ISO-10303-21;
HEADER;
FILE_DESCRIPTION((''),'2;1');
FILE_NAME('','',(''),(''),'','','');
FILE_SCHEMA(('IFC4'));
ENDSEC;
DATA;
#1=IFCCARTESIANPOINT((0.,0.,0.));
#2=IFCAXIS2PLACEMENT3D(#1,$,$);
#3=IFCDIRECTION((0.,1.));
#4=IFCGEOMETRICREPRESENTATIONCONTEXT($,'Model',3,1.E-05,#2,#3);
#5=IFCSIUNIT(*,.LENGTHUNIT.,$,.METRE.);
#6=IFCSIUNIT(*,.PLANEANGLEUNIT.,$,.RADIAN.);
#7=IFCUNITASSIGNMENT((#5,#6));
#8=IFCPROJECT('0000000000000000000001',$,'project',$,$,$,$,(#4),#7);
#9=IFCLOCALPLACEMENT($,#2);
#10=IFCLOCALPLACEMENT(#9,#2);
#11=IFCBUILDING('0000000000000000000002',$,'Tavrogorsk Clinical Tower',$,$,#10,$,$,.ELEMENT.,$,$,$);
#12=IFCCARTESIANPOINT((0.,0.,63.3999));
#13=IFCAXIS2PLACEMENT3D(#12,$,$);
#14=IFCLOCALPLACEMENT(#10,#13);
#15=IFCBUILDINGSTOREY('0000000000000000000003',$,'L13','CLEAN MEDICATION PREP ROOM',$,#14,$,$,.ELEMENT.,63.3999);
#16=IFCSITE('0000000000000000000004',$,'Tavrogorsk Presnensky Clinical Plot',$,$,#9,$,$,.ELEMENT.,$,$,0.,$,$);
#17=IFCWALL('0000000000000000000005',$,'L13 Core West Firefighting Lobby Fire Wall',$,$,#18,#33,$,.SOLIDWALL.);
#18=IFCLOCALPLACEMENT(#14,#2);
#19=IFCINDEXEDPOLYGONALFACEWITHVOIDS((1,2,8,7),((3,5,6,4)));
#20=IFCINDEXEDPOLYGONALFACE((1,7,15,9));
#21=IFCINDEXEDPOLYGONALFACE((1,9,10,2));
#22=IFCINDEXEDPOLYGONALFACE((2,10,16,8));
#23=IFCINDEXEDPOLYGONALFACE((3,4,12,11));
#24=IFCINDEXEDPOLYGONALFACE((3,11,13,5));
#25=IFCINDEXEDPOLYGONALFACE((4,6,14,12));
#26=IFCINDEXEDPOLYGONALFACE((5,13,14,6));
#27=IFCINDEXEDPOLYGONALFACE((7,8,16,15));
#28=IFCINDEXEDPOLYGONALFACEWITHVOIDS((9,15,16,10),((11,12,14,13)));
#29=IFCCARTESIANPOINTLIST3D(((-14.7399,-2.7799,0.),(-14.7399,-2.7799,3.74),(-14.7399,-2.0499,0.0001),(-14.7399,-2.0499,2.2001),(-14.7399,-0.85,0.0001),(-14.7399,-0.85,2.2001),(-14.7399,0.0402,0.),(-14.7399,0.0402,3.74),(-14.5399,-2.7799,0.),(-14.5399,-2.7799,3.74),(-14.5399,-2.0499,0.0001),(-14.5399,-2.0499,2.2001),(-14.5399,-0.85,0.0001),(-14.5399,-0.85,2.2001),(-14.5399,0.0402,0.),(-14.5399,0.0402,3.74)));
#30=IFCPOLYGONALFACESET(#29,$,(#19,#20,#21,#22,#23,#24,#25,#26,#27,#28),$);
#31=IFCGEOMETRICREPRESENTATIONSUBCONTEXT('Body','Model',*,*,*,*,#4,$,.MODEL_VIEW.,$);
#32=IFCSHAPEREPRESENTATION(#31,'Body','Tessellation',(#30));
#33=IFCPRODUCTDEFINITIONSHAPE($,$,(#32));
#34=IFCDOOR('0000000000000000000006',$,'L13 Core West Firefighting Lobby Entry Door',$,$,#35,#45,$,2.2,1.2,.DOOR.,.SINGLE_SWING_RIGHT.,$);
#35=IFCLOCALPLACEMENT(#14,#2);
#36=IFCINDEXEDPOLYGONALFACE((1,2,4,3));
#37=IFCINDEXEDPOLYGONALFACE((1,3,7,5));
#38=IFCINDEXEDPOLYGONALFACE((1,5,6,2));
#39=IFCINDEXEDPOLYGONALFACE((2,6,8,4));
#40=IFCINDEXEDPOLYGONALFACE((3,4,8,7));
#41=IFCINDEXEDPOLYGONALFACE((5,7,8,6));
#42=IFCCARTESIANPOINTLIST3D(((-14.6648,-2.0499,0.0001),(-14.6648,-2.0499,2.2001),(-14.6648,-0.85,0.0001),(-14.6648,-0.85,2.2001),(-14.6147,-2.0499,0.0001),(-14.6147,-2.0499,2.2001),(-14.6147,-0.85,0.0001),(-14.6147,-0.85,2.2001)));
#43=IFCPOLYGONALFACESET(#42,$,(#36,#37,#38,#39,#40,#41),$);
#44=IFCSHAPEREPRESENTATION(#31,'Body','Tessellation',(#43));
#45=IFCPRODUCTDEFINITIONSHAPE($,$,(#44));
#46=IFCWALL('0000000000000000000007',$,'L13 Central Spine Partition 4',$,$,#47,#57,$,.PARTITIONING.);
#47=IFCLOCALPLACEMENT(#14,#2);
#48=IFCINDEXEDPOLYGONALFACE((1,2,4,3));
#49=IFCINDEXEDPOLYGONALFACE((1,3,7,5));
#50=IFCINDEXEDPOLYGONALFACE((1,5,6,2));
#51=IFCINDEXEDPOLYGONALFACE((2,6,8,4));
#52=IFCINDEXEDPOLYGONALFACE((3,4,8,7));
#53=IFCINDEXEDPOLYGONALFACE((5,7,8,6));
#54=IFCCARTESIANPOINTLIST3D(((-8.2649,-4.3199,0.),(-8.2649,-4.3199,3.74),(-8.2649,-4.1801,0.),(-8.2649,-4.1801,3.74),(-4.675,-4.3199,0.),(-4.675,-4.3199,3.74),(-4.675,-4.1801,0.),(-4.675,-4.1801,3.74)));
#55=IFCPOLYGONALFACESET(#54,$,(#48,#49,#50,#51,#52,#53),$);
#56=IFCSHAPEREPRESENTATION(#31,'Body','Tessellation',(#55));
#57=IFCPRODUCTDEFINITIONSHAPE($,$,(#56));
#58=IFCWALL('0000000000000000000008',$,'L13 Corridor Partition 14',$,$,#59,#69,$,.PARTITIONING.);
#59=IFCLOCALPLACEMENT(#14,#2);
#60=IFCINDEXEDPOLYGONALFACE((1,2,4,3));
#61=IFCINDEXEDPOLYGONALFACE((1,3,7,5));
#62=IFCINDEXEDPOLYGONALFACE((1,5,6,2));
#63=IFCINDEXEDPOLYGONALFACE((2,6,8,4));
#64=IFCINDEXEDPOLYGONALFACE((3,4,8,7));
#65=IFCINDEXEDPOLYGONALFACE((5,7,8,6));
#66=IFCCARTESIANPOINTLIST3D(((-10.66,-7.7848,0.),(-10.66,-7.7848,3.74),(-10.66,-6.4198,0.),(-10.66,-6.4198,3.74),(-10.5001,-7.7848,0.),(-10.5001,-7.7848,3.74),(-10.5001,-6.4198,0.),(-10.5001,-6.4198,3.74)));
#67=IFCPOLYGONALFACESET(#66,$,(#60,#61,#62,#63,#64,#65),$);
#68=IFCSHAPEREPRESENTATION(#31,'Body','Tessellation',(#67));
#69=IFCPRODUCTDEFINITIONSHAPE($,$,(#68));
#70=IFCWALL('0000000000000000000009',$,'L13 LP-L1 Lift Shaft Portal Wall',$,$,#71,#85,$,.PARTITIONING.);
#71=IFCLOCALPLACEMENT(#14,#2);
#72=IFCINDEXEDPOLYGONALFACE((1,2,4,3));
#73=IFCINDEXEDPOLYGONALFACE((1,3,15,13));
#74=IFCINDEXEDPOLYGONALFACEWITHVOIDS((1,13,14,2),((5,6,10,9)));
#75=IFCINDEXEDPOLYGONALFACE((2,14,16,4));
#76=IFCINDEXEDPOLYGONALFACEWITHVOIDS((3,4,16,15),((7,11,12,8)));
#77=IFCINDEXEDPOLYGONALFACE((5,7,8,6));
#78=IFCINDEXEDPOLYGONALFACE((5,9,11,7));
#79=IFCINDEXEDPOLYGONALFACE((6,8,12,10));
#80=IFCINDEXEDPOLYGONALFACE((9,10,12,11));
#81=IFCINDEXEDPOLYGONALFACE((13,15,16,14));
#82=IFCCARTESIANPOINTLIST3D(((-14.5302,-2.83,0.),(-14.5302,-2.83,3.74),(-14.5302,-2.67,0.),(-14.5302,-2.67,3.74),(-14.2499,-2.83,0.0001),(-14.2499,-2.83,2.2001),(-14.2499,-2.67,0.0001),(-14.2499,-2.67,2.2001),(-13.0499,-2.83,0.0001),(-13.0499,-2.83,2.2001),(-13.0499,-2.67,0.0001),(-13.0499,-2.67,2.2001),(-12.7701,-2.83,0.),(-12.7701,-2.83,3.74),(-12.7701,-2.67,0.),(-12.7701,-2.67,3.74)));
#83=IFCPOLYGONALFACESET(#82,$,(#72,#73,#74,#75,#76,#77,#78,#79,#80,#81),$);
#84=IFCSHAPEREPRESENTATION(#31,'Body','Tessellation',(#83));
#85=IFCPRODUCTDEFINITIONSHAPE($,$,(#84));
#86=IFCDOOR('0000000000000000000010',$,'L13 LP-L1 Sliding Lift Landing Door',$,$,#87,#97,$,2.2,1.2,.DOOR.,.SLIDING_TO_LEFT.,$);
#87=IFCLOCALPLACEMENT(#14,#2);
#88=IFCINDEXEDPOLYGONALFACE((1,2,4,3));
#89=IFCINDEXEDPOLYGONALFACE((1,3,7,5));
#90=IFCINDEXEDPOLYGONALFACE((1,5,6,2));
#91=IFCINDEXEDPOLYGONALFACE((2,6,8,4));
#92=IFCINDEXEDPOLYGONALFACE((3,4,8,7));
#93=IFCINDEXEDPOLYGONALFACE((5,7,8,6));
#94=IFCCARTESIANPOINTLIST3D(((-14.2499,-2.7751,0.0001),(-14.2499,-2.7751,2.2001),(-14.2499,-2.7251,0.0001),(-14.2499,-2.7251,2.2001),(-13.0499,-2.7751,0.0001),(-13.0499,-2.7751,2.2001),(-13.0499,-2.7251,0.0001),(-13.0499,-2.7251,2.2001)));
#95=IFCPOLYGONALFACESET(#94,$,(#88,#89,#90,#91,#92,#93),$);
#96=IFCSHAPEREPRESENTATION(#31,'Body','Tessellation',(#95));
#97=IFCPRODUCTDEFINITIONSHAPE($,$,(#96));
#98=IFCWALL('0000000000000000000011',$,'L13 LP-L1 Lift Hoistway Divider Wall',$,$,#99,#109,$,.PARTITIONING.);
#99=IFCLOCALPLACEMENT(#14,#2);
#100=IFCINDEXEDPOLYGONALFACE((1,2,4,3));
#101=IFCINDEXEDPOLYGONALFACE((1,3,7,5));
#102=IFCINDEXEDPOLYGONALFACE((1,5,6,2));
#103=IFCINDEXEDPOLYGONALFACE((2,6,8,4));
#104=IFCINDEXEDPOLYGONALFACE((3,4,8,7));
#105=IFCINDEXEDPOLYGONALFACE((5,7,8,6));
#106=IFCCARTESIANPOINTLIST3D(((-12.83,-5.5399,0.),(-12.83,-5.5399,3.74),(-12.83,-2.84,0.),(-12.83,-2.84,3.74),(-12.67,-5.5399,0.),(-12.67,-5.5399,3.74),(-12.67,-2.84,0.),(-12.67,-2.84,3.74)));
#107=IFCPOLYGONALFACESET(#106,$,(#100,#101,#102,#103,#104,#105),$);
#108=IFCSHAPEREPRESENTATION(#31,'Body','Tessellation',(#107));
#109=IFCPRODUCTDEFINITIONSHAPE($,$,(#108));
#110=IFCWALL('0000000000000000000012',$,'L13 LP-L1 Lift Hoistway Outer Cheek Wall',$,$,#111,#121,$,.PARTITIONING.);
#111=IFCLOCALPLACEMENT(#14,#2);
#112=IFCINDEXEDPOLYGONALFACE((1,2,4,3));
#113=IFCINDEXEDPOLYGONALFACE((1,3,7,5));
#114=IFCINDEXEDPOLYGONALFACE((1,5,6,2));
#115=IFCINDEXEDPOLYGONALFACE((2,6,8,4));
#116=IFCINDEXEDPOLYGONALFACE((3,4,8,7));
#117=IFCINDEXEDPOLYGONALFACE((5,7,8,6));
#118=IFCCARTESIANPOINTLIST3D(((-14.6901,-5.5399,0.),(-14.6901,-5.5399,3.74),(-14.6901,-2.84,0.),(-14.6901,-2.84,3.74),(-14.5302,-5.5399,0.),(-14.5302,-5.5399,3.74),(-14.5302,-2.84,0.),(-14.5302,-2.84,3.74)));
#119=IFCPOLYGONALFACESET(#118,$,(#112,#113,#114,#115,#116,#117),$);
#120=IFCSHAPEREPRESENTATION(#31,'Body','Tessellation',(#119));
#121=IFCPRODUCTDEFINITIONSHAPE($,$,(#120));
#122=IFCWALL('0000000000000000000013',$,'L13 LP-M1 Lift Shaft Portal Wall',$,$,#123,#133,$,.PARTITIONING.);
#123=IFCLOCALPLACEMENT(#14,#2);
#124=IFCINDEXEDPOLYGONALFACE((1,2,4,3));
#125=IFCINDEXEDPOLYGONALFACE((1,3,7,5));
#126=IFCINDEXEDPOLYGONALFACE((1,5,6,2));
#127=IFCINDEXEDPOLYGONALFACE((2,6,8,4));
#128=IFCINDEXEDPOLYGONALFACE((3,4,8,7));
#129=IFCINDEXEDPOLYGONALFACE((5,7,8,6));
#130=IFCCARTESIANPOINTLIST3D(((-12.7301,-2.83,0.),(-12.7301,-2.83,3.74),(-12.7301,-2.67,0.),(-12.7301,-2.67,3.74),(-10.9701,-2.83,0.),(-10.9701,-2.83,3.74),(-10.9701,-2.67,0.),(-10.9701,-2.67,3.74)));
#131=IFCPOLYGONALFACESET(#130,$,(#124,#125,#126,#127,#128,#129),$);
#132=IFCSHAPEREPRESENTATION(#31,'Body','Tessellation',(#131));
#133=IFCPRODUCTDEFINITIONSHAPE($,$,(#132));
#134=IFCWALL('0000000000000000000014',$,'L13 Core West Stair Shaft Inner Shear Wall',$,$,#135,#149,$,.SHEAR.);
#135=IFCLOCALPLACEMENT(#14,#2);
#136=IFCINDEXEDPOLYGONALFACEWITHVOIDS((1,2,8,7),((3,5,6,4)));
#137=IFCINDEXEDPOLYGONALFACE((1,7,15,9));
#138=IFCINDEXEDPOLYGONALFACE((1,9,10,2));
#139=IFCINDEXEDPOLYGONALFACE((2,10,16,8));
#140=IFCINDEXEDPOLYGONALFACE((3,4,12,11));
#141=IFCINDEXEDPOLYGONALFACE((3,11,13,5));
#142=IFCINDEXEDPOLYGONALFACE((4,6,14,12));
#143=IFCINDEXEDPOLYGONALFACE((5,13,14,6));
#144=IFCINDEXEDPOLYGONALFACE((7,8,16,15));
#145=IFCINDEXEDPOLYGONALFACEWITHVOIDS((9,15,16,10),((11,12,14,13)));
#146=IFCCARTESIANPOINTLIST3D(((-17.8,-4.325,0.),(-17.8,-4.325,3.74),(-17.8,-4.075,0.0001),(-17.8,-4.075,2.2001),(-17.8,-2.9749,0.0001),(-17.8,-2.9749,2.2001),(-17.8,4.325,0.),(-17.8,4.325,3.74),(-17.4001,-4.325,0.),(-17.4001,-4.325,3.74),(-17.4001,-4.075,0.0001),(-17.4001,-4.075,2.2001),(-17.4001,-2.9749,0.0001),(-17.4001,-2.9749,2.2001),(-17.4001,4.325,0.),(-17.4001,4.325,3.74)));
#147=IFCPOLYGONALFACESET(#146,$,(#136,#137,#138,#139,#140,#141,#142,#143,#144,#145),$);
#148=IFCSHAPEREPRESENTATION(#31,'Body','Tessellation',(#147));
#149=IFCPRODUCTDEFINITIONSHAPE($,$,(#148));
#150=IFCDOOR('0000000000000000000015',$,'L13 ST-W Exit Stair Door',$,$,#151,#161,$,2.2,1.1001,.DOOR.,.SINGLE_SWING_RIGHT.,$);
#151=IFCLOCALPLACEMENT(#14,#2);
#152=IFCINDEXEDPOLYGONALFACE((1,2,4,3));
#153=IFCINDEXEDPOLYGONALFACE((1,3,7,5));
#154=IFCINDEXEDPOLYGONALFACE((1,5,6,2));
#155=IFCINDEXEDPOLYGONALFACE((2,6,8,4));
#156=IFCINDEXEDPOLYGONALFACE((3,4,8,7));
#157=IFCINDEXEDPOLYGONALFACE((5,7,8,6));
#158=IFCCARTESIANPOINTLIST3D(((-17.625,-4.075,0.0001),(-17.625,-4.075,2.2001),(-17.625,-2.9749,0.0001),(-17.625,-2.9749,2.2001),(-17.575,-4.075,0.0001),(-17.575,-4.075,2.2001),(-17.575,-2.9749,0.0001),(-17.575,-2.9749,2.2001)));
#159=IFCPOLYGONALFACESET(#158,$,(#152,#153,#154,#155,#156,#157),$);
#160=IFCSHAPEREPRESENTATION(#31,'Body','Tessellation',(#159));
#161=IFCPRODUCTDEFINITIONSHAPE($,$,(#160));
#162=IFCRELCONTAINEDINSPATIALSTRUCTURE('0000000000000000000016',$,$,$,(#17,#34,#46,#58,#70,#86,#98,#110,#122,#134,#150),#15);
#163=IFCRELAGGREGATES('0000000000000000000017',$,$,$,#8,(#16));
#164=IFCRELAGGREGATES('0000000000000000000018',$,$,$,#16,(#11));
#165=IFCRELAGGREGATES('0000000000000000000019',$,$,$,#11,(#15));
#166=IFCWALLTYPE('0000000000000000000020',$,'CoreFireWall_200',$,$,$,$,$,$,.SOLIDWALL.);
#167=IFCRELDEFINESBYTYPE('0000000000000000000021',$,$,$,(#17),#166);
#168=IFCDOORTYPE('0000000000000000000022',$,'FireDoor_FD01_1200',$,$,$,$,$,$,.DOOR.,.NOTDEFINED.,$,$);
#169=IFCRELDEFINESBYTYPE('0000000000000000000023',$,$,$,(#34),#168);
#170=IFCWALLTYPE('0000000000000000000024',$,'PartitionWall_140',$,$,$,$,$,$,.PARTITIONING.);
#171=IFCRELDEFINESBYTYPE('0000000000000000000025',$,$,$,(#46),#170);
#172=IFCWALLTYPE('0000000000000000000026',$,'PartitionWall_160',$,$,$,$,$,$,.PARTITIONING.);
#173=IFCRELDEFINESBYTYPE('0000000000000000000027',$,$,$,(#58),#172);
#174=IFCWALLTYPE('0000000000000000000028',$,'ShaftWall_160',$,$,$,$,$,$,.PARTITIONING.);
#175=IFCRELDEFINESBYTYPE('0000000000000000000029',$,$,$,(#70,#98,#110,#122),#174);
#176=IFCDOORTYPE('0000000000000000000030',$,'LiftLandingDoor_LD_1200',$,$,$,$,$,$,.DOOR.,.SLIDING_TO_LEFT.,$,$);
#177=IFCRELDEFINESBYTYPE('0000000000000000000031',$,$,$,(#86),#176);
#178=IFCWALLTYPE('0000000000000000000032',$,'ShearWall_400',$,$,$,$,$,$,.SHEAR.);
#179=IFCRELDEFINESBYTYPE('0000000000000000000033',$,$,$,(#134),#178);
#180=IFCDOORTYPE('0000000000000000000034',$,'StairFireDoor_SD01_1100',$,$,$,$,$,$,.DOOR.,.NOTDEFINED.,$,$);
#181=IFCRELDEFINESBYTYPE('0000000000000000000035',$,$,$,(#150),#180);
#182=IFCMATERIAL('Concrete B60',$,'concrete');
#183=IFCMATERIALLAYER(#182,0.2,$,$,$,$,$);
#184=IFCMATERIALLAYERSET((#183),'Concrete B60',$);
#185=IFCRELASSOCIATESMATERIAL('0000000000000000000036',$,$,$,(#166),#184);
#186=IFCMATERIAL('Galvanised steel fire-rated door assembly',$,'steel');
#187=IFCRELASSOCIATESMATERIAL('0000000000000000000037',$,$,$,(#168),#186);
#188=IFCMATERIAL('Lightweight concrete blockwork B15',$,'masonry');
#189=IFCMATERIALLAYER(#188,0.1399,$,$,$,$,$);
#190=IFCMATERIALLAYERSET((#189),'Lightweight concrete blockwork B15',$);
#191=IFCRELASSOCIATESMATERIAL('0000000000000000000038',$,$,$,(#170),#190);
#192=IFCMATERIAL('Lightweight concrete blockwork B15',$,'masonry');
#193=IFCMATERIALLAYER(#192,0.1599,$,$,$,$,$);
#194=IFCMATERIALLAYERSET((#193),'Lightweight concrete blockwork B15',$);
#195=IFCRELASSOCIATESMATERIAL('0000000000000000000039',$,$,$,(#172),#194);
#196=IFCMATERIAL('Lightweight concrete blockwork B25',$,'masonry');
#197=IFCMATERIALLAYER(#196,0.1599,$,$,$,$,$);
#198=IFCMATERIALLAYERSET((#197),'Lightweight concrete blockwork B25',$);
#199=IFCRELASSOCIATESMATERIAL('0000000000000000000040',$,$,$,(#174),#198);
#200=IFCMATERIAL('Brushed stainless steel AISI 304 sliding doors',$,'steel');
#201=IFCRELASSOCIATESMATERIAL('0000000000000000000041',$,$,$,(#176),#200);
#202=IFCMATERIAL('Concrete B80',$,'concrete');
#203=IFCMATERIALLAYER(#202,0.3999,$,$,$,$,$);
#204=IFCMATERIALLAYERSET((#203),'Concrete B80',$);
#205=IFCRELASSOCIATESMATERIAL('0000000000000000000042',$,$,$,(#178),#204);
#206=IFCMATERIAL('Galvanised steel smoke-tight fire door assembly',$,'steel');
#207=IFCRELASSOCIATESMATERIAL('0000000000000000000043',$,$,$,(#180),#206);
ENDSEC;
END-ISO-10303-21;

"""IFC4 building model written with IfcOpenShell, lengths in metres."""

from ifc_helpers import new_model, si_unit, direction, frame, frame_2d, origin, place, context, subcontext, project, spatial, rectangle, extrude, material, layer, layer_set, type_object, element, fill, save


model = new_model("IFC4")

# Units and contexts
model_context = context("Model", 3, precision=1e-05, world=origin(), true_north=direction((0.0, 1.0)))
body_context = subcontext(model_context, "Body", "Model", "MODEL_VIEW")
ifc_project = project(units=[si_unit("LENGTHUNIT", "METRE"), si_unit("PLANEANGLEUNIT", "RADIAN")], contexts=[model_context])

# Site, building, storey
site_placement = place(None, origin())
site = spatial("IfcSite", under=ifc_project, at=site_placement, Name="Tavrogorsk Presnensky Clinical Plot", CompositionType="ELEMENT", RefElevation=0.0)
building_placement = place(site_placement, origin())
building = spatial("IfcBuilding", under=site, at=building_placement, Name="Tavrogorsk Clinical Tower", CompositionType="ELEMENT")
storey_placement = place(building_placement, frame((0.0, 0.0, 63.3999)))
storey = spatial("IfcBuildingStorey", under=building, at=storey_placement, Name="L13", Description="CLEAN MEDICATION PREP ROOM", CompositionType="ELEMENT", Elevation=63.3999)

# Wall, opening, door
ifc_material_1 = material(Name="Concrete B60", Category="concrete")
ifc_layer_1 = layer(ifc_material_1, 0.2)
ifc_layer_set_1 = layer_set([ifc_layer_1], Name="Concrete B60")
wall_type_1 = type_object("IfcWallType", Name="CoreFireWall_200", PredefinedType="SOLIDWALL", material=ifc_layer_set_1)
wall_1_placement = place(storey_placement, frame((-14.6399, -2.78, 0.0), z_axis=(0.0, 0.0, 1.0), x_axis=(0.0, 1.0, 0.0)))
wall_1 = element("IfcWall", 1, at=wall_1_placement, inside=storey, type_object=wall_type_1, Name="L13 Core West Firefighting Lobby Fire Wall", PredefinedType="SOLIDWALL", context=body_context, shape_type="SweptSolid", body=[
    extrude(rectangle(XDim=2.8201, YDim=0.2, at=frame_2d((1.4102, 0.0))), origin(), (0.0, 0.0, 1.0), 3.74),
])
opening_1_placement = place(wall_1_placement, frame((0.73, 0.0, 0.0)))
opening_1 = element("IfcOpeningElement", 2, at=opening_1_placement, cuts=wall_1, PredefinedType="OPENING", context=body_context, shape_type="SweptSolid", body=[
    extrude(rectangle(XDim=1.2, YDim=2.2, at=frame_2d((0.6001, 1.1001))), frame((0.0, 0.1099, 0.0), z_axis=(0.0, -1.0, 0.0), x_axis=(1.0, 0.0, 0.0)), (0.0, 0.0, 1.0), 0.22),
])
ifc_material_2 = material(Name="Galvanised steel fire-rated door assembly", Category="steel")
door_type_1 = type_object("IfcDoorType", Name="FireDoor_FD01_1200", OperationType="NOTDEFINED", PredefinedType="DOOR", material=ifc_material_2)
door_1_placement = place(opening_1_placement, origin())
door_1 = element("IfcDoor", 3, at=door_1_placement, inside=storey, type_object=door_type_1, Name="L13 Core West Firefighting Lobby Entry Door", OperationType="SINGLE_SWING_RIGHT", OverallHeight=2.2, OverallWidth=1.2, PredefinedType="DOOR", context=body_context, shape_type="SweptSolid", body=[
    extrude(rectangle(XDim=1.2, YDim=2.2, at=frame_2d((0.6001, 1.1001))), frame((0.0, 0.0249, 0.0), z_axis=(0.0, -1.0, 0.0), x_axis=(1.0, 0.0, 0.0)), (0.0, 0.0, 1.0), 0.05),
])
fill(opening_1, door_1)

# Walls
ifc_material_3 = material(Name="Lightweight concrete blockwork B15", Category="masonry")
ifc_layer_2 = layer(ifc_material_3, 0.1399)
ifc_layer_set_2 = layer_set([ifc_layer_2], Name="Lightweight concrete blockwork B15")
wall_type_2 = type_object("IfcWallType", Name="PartitionWall_140", PredefinedType="PARTITIONING", material=ifc_layer_set_2)
wall_2_placement = place(storey_placement, frame((-8.2649, -4.25, 0.0), z_axis=(0.0, 0.0, 1.0), x_axis=(1.0, 0.0, 0.0)))
element("IfcWall", 4, at=wall_2_placement, inside=storey, type_object=wall_type_2, Name="L13 Central Spine Partition 4", PredefinedType="PARTITIONING", context=body_context, shape_type="SweptSolid", body=[
    extrude(rectangle(XDim=3.5898, YDim=0.1399, at=frame_2d((1.7949, 0.0))), origin(), (0.0, 0.0, 1.0), 3.74),
])
ifc_material_4 = material(Name="Lightweight concrete blockwork B15", Category="masonry")
ifc_layer_3 = layer(ifc_material_4, 0.1599)
ifc_layer_set_3 = layer_set([ifc_layer_3], Name="Lightweight concrete blockwork B15")
wall_type_3 = type_object("IfcWallType", Name="PartitionWall_160", PredefinedType="PARTITIONING", material=ifc_layer_set_3)
wall_3_placement = place(storey_placement, frame((-10.5801, -7.7849, 0.0), z_axis=(0.0, 0.0, 1.0), x_axis=(0.0, 1.0, 0.0)))
element("IfcWall", 5, at=wall_3_placement, inside=storey, type_object=wall_type_3, Name="L13 Corridor Partition 14", PredefinedType="PARTITIONING", context=body_context, shape_type="SweptSolid", body=[
    extrude(rectangle(XDim=1.365, YDim=0.1599, at=frame_2d((0.6826, 0.0))), origin(), (0.0, 0.0, 1.0), 3.74),
])

# Wall, opening, door
ifc_material_5 = material(Name="Lightweight concrete blockwork B25", Category="masonry")
ifc_layer_4 = layer(ifc_material_5, 0.1599)
ifc_layer_set_4 = layer_set([ifc_layer_4], Name="Lightweight concrete blockwork B25")
wall_type_4 = type_object("IfcWallType", Name="ShaftWall_160", PredefinedType="PARTITIONING", material=ifc_layer_set_4)
wall_4_placement = place(storey_placement, frame((-14.53, -2.75, 0.0), z_axis=(0.0, 0.0, 1.0), x_axis=(1.0, 0.0, 0.0)))
wall_4 = element("IfcWall", 6, at=wall_4_placement, inside=storey, type_object=wall_type_4, Name="L13 LP-L1 Lift Shaft Portal Wall", PredefinedType="PARTITIONING", context=body_context, shape_type="SweptSolid", body=[
    extrude(rectangle(XDim=1.76, YDim=0.1599, at=frame_2d((0.8799, 0.0))), origin(), (0.0, 0.0, 1.0), 3.74),
])
opening_2_placement = place(wall_4_placement, frame((0.28, 0.0, 0.0)))
opening_2 = element("IfcOpeningElement", 7, at=opening_2_placement, cuts=wall_4, PredefinedType="OPENING", context=body_context, shape_type="SweptSolid", body=[
    extrude(rectangle(XDim=1.2, YDim=2.2, at=frame_2d((0.6001, 1.1001))), frame((0.0, 0.0898, 0.0), z_axis=(0.0, -1.0, 0.0), x_axis=(1.0, 0.0, 0.0)), (0.0, 0.0, 1.0), 0.1799),
])
ifc_material_6 = material(Name="Brushed stainless steel AISI 304 sliding doors", Category="steel")
door_type_2 = type_object("IfcDoorType", Name="LiftLandingDoor_LD_1200", OperationType="SLIDING_TO_LEFT", PredefinedType="DOOR", material=ifc_material_6)
door_2_placement = place(opening_2_placement, origin())
door_2 = element("IfcDoor", 8, at=door_2_placement, inside=storey, type_object=door_type_2, Name="L13 LP-L1 Sliding Lift Landing Door", OperationType="SLIDING_TO_LEFT", OverallHeight=2.2, OverallWidth=1.2, PredefinedType="DOOR", context=body_context, shape_type="SweptSolid", body=[
    extrude(rectangle(XDim=1.2, YDim=2.2, at=frame_2d((0.6001, 1.1001))), frame((0.0, 0.0249, 0.0), z_axis=(0.0, -1.0, 0.0), x_axis=(1.0, 0.0, 0.0)), (0.0, 0.0, 1.0), 0.05),
])
fill(opening_2, door_2)

# Walls
for number, where, z_axis, x_axis, name in (
    (9, (-12.75, -5.54, 0.0), (0.0, 0.0, 1.0), (0.0, 1.0, 0.0), "L13 LP-L1 Lift Hoistway Divider Wall"),
    (10, (-14.6101, -5.54, 0.0), (0.0, 0.0, 1.0), (0.0, 1.0, 0.0), "L13 LP-L1 Lift Hoistway Outer Cheek Wall"),
):
    element("IfcWall", number, at=place(storey_placement, frame(where, z_axis=z_axis, x_axis=x_axis)), inside=storey, type_object=wall_type_4, Name=name, PredefinedType="PARTITIONING", context=body_context, shape_type="SweptSolid", body=[
        extrude(rectangle(XDim=2.7, YDim=0.1599, at=frame_2d((1.3501, 0.0))), origin(), (0.0, 0.0, 1.0), 3.74),
    ])
wall_5_placement = place(storey_placement, frame((-12.73, -2.75, 0.0), z_axis=(0.0, 0.0, 1.0), x_axis=(1.0, 0.0, 0.0)))
element("IfcWall", 11, at=wall_5_placement, inside=storey, type_object=wall_type_4, Name="L13 LP-M1 Lift Shaft Portal Wall", PredefinedType="PARTITIONING", context=body_context, shape_type="SweptSolid", body=[
    extrude(rectangle(XDim=1.76, YDim=0.1599, at=frame_2d((0.8799, 0.0))), origin(), (0.0, 0.0, 1.0), 3.74),
])

# Wall, opening, door
ifc_material_7 = material(Name="Concrete B80", Category="concrete")
ifc_layer_5 = layer(ifc_material_7, 0.3999)
ifc_layer_set_5 = layer_set([ifc_layer_5], Name="Concrete B80")
wall_type_5 = type_object("IfcWallType", Name="ShearWall_400", PredefinedType="SHEAR", material=ifc_layer_set_5)
wall_6_placement = place(storey_placement, frame((-17.6001, -4.325, 0.0), z_axis=(0.0, 0.0, 1.0), x_axis=(0.0, 1.0, 0.0)))
wall_6 = element("IfcWall", 12, at=wall_6_placement, inside=storey, type_object=wall_type_5, Name="L13 Core West Stair Shaft Inner Shear Wall", PredefinedType="SHEAR", context=body_context, shape_type="SweptSolid", body=[
    extrude(rectangle(XDim=8.6499, YDim=0.3999, at=frame_2d((4.325, 0.0))), origin(), (0.0, 0.0, 1.0), 3.74),
])
opening_3_placement = place(wall_6_placement, frame((0.25, 0.0, 0.0)))
opening_3 = element("IfcOpeningElement", 13, at=opening_3_placement, cuts=wall_6, PredefinedType="OPENING", context=body_context, shape_type="SweptSolid", body=[
    extrude(rectangle(XDim=1.1001, YDim=2.2, at=frame_2d((0.55, 1.1001))), frame((0.0, 0.21, 0.0), z_axis=(0.0, -1.0, 0.0), x_axis=(1.0, 0.0, 0.0)), (0.0, 0.0, 1.0), 0.4199),
])
ifc_material_8 = material(Name="Galvanised steel smoke-tight fire door assembly", Category="steel")
door_type_3 = type_object("IfcDoorType", Name="StairFireDoor_SD01_1100", OperationType="NOTDEFINED", PredefinedType="DOOR", material=ifc_material_8)
door_3_placement = place(opening_3_placement, origin())
door_3 = element("IfcDoor", 14, at=door_3_placement, inside=storey, type_object=door_type_3, Name="L13 ST-W Exit Stair Door", OperationType="SINGLE_SWING_RIGHT", OverallHeight=2.2, OverallWidth=1.1001, PredefinedType="DOOR", context=body_context, shape_type="SweptSolid", body=[
    extrude(rectangle(XDim=1.1001, YDim=2.2, at=frame_2d((0.55, 1.1001))), frame((0.0, 0.0249, 0.0), z_axis=(0.0, -1.0, 0.0), x_axis=(1.0, 0.0, 0.0)), (0.0, 0.0, 1.0), 0.05),
])
fill(opening_3, door_3)

save(model, "model.ifc")
